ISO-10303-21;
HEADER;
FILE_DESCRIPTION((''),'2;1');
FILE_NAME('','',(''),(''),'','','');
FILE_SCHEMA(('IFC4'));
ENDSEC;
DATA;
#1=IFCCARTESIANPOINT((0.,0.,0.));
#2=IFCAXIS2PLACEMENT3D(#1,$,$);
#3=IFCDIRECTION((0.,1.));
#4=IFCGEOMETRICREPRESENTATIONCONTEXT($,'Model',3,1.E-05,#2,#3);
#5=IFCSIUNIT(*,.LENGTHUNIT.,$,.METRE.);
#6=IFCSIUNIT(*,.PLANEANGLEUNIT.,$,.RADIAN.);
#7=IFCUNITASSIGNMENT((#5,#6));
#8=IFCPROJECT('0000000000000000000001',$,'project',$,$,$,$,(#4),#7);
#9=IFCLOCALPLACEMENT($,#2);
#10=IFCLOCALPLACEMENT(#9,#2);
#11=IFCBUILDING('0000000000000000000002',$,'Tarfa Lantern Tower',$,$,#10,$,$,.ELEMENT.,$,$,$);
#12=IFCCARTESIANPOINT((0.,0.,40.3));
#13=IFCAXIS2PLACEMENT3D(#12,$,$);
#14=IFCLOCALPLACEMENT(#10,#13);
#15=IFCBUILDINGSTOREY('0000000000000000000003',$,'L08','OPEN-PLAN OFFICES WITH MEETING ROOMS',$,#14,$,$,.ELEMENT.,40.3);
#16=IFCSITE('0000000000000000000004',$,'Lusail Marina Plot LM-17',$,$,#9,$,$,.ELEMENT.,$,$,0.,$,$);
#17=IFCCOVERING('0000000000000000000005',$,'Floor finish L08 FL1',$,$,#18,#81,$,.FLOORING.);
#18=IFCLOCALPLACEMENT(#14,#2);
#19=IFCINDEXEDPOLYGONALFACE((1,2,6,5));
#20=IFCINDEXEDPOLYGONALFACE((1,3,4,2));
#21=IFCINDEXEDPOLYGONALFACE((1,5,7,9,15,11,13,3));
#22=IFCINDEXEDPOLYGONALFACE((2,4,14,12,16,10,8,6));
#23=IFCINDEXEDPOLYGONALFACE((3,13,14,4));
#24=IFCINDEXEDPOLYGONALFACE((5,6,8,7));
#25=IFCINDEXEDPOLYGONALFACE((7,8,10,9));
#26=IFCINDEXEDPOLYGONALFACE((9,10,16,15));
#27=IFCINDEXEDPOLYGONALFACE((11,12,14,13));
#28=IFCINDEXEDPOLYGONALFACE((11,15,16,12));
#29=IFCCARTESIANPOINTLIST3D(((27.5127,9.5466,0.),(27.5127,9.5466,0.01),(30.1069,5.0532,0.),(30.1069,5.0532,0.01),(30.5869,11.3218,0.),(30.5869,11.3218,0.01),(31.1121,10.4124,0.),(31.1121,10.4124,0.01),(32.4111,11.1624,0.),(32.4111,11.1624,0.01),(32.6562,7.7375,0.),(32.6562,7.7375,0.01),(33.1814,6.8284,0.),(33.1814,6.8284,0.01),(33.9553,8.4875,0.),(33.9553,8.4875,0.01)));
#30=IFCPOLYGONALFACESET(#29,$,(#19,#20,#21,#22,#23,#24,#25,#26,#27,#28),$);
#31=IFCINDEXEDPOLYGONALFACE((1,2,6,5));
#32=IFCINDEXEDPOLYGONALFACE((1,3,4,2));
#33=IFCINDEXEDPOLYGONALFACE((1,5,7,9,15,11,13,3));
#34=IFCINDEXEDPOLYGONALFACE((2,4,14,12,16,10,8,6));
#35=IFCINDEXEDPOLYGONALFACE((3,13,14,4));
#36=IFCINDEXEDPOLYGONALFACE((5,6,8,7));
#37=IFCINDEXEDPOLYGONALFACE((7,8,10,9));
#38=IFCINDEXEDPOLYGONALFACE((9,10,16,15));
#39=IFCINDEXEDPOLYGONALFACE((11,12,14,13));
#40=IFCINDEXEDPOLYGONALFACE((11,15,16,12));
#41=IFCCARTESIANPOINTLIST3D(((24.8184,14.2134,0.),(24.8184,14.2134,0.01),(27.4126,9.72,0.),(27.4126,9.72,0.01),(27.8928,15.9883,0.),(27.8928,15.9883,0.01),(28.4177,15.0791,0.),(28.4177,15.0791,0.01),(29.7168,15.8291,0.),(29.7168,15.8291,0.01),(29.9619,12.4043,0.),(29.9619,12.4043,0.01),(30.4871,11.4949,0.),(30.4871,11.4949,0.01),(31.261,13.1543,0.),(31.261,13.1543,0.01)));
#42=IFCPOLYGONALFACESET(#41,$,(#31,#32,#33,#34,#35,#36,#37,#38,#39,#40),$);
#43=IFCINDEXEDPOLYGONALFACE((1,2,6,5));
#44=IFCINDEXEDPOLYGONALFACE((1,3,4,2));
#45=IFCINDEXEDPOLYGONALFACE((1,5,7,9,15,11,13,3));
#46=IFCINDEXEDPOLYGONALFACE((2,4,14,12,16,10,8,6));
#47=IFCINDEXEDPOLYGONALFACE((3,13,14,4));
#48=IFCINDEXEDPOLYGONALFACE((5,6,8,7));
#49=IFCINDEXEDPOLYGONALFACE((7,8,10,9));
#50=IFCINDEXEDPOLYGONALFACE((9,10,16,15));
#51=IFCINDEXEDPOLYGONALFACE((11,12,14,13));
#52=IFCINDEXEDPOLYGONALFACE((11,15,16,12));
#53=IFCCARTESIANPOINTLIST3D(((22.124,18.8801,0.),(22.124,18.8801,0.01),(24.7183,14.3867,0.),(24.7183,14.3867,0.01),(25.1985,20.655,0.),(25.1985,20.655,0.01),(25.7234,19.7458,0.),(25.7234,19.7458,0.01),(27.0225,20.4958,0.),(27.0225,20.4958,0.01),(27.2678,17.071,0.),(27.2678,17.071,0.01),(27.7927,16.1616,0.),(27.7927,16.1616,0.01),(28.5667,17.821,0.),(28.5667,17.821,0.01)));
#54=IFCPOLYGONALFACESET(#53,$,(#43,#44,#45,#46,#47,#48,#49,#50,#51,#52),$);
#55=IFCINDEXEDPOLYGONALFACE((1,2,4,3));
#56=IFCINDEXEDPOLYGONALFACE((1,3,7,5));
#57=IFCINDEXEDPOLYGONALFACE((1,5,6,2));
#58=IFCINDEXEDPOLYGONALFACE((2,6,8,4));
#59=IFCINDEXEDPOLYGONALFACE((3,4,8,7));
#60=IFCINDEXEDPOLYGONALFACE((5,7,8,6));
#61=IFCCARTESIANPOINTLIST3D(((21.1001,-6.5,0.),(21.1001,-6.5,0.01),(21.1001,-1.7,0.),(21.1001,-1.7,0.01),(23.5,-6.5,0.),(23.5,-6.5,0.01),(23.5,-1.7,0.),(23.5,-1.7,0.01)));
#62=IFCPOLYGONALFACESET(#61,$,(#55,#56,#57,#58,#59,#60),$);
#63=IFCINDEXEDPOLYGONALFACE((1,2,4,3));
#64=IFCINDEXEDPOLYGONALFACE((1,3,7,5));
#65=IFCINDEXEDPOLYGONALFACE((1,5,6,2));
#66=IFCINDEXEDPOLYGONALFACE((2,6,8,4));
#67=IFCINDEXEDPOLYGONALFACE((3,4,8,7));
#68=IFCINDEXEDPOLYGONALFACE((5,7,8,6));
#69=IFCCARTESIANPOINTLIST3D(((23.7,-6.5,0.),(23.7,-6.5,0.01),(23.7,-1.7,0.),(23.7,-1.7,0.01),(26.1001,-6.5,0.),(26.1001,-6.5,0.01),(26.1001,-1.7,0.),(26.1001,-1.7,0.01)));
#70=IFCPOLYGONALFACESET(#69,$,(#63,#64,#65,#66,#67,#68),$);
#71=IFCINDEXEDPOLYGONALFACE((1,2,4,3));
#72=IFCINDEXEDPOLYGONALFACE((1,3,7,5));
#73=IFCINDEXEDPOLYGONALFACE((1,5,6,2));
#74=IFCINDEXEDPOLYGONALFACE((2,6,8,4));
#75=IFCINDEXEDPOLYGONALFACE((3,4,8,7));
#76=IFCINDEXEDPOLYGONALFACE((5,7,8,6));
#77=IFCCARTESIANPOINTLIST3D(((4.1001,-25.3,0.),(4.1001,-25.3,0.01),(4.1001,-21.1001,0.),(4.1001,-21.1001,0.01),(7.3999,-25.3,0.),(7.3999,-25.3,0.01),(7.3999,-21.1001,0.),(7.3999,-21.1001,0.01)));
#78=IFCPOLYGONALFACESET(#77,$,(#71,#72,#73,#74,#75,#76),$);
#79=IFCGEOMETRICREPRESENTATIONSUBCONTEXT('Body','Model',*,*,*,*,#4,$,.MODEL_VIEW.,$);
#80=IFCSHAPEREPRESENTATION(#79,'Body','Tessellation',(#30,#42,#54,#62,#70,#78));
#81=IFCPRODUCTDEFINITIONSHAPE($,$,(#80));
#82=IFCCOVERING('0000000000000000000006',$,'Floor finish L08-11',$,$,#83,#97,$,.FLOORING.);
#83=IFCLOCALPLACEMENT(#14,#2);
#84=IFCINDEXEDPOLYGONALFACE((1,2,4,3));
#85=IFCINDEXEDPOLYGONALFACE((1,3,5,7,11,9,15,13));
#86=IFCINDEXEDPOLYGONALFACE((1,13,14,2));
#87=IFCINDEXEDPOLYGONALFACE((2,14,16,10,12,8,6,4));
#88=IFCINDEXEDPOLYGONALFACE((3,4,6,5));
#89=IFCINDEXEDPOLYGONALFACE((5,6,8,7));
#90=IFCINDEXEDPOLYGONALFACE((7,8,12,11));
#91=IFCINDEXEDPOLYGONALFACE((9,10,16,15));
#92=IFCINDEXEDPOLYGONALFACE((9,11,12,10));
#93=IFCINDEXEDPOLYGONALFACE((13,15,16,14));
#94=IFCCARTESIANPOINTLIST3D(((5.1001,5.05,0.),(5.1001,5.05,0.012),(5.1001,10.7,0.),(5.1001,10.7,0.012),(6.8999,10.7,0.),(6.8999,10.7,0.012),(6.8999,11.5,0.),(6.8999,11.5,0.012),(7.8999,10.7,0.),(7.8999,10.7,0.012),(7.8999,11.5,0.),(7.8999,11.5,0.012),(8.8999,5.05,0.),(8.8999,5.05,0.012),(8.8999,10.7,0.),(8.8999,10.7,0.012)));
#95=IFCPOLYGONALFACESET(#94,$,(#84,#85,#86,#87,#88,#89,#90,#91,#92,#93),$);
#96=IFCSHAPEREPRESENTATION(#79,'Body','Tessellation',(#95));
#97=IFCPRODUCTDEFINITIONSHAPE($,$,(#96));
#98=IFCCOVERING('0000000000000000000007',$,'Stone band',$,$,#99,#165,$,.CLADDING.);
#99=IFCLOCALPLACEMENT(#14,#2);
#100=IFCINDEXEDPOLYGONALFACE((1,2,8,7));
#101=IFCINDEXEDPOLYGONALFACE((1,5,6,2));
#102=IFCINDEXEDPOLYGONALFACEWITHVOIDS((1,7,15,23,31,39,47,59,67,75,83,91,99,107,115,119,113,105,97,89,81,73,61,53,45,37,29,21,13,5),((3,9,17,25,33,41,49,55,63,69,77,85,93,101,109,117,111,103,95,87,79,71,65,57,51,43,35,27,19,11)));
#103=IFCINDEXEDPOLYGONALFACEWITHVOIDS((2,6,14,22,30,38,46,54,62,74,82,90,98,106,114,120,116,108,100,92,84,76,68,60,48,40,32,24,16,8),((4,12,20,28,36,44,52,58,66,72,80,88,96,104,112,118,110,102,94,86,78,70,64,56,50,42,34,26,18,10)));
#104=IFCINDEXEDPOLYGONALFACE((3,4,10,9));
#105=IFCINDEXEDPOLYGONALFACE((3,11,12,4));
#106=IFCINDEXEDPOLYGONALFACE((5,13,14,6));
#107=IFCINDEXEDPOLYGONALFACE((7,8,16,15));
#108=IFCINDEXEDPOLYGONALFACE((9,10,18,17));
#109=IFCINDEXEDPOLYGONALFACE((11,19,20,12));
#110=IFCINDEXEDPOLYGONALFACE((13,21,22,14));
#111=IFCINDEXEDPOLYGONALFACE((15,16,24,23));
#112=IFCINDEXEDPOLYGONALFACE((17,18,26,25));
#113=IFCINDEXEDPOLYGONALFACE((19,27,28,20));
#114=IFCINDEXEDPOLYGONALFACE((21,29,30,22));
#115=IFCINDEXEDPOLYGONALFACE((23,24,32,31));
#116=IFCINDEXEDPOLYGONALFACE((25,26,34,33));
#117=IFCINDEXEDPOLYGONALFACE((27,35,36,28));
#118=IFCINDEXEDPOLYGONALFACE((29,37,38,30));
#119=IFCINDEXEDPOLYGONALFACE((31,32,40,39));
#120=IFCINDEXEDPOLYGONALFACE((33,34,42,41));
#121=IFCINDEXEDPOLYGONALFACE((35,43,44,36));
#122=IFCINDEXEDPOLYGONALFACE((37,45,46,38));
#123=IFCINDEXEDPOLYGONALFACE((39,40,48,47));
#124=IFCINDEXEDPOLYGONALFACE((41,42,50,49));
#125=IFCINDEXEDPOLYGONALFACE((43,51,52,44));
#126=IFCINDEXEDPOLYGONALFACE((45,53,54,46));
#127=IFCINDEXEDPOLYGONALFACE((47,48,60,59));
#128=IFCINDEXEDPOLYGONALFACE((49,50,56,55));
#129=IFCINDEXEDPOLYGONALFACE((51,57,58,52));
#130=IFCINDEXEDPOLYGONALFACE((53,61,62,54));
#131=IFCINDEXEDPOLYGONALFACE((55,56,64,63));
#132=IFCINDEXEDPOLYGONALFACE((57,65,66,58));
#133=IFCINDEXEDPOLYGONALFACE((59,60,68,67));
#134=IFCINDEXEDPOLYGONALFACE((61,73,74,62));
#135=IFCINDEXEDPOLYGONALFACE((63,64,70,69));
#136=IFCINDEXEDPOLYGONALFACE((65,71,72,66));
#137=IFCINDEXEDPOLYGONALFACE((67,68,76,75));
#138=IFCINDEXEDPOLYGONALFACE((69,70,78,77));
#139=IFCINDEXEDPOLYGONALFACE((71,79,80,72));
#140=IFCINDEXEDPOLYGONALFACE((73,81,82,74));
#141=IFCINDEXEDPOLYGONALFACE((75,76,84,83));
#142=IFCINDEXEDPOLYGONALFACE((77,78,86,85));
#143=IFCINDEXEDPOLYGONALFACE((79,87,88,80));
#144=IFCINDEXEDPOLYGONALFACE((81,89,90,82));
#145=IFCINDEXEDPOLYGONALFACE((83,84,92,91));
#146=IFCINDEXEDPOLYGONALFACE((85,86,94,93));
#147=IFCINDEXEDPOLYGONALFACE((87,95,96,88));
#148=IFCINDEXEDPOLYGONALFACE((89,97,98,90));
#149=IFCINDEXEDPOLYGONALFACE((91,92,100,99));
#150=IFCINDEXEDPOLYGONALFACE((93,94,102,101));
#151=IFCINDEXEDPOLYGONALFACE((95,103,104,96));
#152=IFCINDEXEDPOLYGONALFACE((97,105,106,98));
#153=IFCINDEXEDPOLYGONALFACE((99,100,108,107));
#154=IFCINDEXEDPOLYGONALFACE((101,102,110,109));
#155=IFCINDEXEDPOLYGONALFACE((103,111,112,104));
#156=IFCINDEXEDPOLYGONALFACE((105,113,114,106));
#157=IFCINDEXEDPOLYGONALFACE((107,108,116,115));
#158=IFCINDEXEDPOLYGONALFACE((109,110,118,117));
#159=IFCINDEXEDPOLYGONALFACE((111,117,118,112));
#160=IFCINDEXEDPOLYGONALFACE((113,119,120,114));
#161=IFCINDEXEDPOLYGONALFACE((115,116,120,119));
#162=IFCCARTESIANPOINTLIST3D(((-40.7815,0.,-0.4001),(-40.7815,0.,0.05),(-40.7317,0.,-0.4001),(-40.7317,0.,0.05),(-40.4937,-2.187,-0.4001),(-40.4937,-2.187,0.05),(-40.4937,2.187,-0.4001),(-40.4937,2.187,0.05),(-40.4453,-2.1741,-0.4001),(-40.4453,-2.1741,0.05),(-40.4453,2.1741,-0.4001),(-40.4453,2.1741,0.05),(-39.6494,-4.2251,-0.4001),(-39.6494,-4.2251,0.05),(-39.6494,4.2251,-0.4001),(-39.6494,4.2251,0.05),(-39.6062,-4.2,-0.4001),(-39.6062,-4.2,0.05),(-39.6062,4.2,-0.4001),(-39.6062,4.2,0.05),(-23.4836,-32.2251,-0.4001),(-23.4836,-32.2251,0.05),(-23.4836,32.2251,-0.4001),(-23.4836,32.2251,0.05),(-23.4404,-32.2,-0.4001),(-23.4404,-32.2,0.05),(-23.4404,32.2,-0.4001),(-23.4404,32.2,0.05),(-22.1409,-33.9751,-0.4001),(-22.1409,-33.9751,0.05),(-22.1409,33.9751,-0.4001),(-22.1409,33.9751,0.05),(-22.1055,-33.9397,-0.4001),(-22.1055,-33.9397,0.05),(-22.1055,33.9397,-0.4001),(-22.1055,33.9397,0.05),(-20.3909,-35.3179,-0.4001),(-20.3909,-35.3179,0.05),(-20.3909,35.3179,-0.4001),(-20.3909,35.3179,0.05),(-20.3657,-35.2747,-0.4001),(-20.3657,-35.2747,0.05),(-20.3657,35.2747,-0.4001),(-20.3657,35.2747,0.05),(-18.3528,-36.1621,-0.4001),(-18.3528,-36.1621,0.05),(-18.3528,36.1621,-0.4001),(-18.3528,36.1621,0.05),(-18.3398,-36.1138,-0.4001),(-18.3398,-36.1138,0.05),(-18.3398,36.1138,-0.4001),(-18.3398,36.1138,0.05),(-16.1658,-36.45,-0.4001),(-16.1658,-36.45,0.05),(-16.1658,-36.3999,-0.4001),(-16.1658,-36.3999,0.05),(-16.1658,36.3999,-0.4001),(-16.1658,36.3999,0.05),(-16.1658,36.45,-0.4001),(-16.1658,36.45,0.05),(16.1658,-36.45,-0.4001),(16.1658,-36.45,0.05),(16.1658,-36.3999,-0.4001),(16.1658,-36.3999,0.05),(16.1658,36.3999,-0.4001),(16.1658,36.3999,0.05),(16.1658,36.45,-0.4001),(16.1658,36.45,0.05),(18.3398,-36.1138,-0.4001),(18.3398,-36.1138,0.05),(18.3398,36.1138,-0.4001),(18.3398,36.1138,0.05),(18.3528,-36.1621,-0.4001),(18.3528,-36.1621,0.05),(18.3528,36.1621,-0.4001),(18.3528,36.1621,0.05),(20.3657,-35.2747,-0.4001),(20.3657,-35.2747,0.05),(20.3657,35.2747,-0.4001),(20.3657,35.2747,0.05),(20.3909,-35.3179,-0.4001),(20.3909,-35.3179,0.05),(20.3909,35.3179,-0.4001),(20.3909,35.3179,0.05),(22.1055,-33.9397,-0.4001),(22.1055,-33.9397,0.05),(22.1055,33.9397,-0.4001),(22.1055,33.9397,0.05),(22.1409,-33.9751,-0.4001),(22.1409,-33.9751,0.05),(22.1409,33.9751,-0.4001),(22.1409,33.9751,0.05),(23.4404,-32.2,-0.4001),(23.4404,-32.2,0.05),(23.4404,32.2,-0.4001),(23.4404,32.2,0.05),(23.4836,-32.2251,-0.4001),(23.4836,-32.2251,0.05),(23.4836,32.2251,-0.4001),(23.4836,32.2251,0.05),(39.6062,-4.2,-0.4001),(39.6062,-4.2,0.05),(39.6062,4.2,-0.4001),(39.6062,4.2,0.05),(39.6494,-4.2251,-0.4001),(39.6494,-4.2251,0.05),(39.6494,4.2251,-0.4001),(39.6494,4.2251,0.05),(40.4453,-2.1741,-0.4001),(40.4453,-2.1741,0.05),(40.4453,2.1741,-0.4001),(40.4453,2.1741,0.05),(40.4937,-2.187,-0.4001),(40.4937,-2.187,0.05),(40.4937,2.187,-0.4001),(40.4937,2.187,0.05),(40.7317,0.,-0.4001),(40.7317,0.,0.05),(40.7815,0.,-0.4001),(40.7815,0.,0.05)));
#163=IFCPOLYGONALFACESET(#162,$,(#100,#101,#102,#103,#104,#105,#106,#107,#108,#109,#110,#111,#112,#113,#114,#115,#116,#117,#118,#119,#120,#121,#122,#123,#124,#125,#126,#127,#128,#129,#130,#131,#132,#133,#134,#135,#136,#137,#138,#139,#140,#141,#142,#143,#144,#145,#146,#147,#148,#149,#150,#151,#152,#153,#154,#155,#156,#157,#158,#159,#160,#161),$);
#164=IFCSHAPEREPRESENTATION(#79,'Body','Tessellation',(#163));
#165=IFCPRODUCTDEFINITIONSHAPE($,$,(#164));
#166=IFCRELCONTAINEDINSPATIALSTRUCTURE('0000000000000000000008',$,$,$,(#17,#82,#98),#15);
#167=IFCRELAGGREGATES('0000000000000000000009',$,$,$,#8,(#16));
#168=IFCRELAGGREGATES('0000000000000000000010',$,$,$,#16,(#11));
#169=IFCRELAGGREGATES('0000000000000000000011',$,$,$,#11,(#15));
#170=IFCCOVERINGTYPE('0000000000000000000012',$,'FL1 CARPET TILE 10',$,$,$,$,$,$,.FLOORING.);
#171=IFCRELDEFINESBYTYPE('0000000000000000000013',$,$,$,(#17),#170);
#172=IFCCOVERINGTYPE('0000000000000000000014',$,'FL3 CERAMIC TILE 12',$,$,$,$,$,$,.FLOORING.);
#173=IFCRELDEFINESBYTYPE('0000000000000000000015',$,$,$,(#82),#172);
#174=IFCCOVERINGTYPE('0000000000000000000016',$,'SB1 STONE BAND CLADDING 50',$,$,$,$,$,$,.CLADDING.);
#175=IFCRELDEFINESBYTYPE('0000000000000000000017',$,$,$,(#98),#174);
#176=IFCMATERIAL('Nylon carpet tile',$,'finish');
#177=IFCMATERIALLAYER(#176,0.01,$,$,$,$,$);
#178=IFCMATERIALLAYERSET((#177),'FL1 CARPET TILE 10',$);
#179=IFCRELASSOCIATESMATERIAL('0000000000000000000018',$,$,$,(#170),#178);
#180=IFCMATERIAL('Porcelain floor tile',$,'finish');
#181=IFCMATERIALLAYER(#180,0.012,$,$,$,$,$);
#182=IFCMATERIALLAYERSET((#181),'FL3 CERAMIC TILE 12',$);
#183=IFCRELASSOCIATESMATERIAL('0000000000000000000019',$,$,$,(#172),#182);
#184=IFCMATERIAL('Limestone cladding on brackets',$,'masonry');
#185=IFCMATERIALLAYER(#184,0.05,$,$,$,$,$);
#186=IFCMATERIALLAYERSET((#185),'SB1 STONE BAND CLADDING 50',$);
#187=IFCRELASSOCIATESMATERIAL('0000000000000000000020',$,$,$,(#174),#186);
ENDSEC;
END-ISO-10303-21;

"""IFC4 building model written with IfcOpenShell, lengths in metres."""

from ifc_helpers import new_model, si_unit, direction, frame, origin, place, context, subcontext, project, spatial, polyline, outline, extrude, material, layer, layer_set, type_object, element, save


model = new_model("IFC4")

# Units and contexts
model_context = context("Model", 3, precision=1e-05, world=origin(), true_north=direction((0.0, 1.0)))
body_context = subcontext(model_context, "Body", "Model", "MODEL_VIEW")
ifc_project = project(units=[si_unit("LENGTHUNIT", "METRE"), si_unit("PLANEANGLEUNIT", "RADIAN")], contexts=[model_context])

# Site, building, storey
site_placement = place(None, origin())
site = spatial("IfcSite", under=ifc_project, at=site_placement, Name="Lusail Marina Plot LM-17", CompositionType="ELEMENT", RefElevation=0.0)
building_placement = place(site_placement, origin())
building = spatial("IfcBuilding", under=site, at=building_placement, Name="Tarfa Lantern Tower", CompositionType="ELEMENT")
storey_placement = place(building_placement, frame((0.0, 0.0, 40.3)))
storey = spatial("IfcBuildingStorey", under=building, at=storey_placement, Name="L08", Description="OPEN-PLAN OFFICES WITH MEETING ROOMS", CompositionType="ELEMENT", Elevation=40.3)

# Coverings
ifc_material_1 = material(Name="Nylon carpet tile", Category="finish")
ifc_layer_1 = layer(ifc_material_1, 0.01)
ifc_layer_set_1 = layer_set([ifc_layer_1], Name="FL1 CARPET TILE 10")
covering_type_1 = type_object("IfcCoveringType", Name="FL1 CARPET TILE 10", PredefinedType="FLOORING", material=ifc_layer_set_1)
covering_1_placement = place(storey_placement, origin())
element("IfcCovering", 1, at=covering_1_placement, inside=storey, type_object=covering_type_1, Name="Floor finish L08 FL1", PredefinedType="FLOORING", context=body_context, shape_type="SweptSolid", body=[
    extrude(outline(polyline([(27.5127, 9.5466), (30.5869, 11.3218), (31.1121, 10.4124), (32.4111, 11.1624), (33.9553, 8.4875), (32.6562, 7.7375), (33.1814, 6.8284), (30.1069, 5.0532), (27.5127, 9.5466)])), origin(), (0.0, 0.0, 1.0), 0.01),
    extrude(outline(polyline([(24.8184, 14.2134), (27.8928, 15.9883), (28.4177, 15.0791), (29.7168, 15.8291), (31.261, 13.1543), (29.9619, 12.4043), (30.4871, 11.4949), (27.4126, 9.72), (24.8184, 14.2134)])), origin(), (0.0, 0.0, 1.0), 0.01),
    extrude(outline(polyline([(22.124, 18.8801), (25.1985, 20.655), (25.7234, 19.7458), (27.0225, 20.4958), (28.5667, 17.821), (27.2678, 17.071), (27.7927, 16.1616), (24.7183, 14.3867), (22.124, 18.8801)])), origin(), (0.0, 0.0, 1.0), 0.01),
    extrude(outline(polyline([(21.1001, -1.7), (23.5, -1.7), (23.5, -6.5), (21.1001, -6.5), (21.1001, -1.7)])), origin(), (0.0, 0.0, 1.0), 0.01),
    extrude(outline(polyline([(23.7, -1.7), (26.1001, -1.7), (26.1001, -6.5), (23.7, -6.5), (23.7, -1.7)])), origin(), (0.0, 0.0, 1.0), 0.01),
    extrude(outline(polyline([(7.3999, -25.3), (4.1001, -25.3), (4.1001, -21.1001), (7.3999, -21.1001), (7.3999, -25.3)])), origin(), (0.0, 0.0, 1.0), 0.01),
])
ifc_material_2 = material(Name="Porcelain floor tile", Category="finish")
ifc_layer_2 = layer(ifc_material_2, 0.012)
ifc_layer_set_2 = layer_set([ifc_layer_2], Name="FL3 CERAMIC TILE 12")
covering_type_2 = type_object("IfcCoveringType", Name="FL3 CERAMIC TILE 12", PredefinedType="FLOORING", material=ifc_layer_set_2)
covering_2_placement = place(storey_placement, origin())
element("IfcCovering", 2, at=covering_2_placement, inside=storey, type_object=covering_type_2, Name="Floor finish L08-11", PredefinedType="FLOORING", context=body_context, shape_type="SweptSolid", body=[
    extrude(outline(polyline([(5.1001, 5.05), (8.8999, 5.05), (8.8999, 10.7), (7.8999, 10.7), (7.8999, 11.5), (6.8999, 11.5), (6.8999, 10.7), (5.1001, 10.7), (5.1001, 5.05)])), origin(), (0.0, 0.0, 1.0), 0.012),
])
ifc_material_3 = material(Name="Limestone cladding on brackets", Category="masonry")
ifc_layer_3 = layer(ifc_material_3, 0.05)
ifc_layer_set_3 = layer_set([ifc_layer_3], Name="SB1 STONE BAND CLADDING 50")
covering_type_3 = type_object("IfcCoveringType", Name="SB1 STONE BAND CLADDING 50", PredefinedType="CLADDING", material=ifc_layer_set_3)
covering_3_placement = place(storey_placement, frame((0.0, 0.0, -0.4001)))
element("IfcCovering", 3, at=covering_3_placement, inside=storey, type_object=covering_type_3, Name="Stone band", PredefinedType="CLADDING", context=body_context, shape_type="SweptSolid", body=[
    extrude(outline(polyline([(39.6494, 4.2251), (23.4836, 32.2251), (22.1409, 33.9751), (20.3909, 35.3179), (18.3528, 36.1621), (16.1658, 36.45), (-16.1658, 36.45), (-18.3528, 36.1621), (-20.3909, 35.3179), (-22.1409, 33.9751), (-23.4836, 32.2251), (-39.6494, 4.2251), (-40.4937, 2.187), (-40.7815, 0.0), (-40.4937, -2.187), (-39.6494, -4.2251), (-23.4836, -32.2251), (-22.1409, -33.9751), (-20.3909, -35.3179), (-18.3528, -36.1621), (-16.1658, -36.45), (16.1658, -36.45), (18.3528, -36.1621), (20.3909, -35.3179), (22.1409, -33.9751), (23.4836, -32.2251), (39.6494, -4.2251), (40.4937, -2.187), (40.7815, 0.0), (40.4937, 2.187), (39.6494, 4.2251)]), holes=[polyline([(39.6062, 4.2), (23.4404, 32.2), (22.1055, 33.9397), (20.3657, 35.2747), (18.3398, 36.1138), (16.1658, 36.3999), (-16.1658, 36.3999), (-18.3398, 36.1138), (-20.3657, 35.2747), (-22.1055, 33.9397), (-23.4404, 32.2), (-39.6062, 4.2), (-40.4453, 2.1741), (-40.7317, 0.0), (-40.4453, -2.1741), (-39.6062, -4.2), (-23.4404, -32.2), (-22.1055, -33.9397), (-20.3657, -35.2747), (-18.3398, -36.1138), (-16.1658, -36.3999), (16.1658, -36.3999), (18.3398, -36.1138), (20.3657, -35.2747), (22.1055, -33.9397), (23.4404, -32.2), (39.6062, -4.2), (40.4453, -2.1741), (40.7317, 0.0), (40.4453, 2.1741), (39.6062, 4.2)])]), origin(), (0.0, 0.0, 1.0), 0.4502),
])

save(model, "model.ifc")
